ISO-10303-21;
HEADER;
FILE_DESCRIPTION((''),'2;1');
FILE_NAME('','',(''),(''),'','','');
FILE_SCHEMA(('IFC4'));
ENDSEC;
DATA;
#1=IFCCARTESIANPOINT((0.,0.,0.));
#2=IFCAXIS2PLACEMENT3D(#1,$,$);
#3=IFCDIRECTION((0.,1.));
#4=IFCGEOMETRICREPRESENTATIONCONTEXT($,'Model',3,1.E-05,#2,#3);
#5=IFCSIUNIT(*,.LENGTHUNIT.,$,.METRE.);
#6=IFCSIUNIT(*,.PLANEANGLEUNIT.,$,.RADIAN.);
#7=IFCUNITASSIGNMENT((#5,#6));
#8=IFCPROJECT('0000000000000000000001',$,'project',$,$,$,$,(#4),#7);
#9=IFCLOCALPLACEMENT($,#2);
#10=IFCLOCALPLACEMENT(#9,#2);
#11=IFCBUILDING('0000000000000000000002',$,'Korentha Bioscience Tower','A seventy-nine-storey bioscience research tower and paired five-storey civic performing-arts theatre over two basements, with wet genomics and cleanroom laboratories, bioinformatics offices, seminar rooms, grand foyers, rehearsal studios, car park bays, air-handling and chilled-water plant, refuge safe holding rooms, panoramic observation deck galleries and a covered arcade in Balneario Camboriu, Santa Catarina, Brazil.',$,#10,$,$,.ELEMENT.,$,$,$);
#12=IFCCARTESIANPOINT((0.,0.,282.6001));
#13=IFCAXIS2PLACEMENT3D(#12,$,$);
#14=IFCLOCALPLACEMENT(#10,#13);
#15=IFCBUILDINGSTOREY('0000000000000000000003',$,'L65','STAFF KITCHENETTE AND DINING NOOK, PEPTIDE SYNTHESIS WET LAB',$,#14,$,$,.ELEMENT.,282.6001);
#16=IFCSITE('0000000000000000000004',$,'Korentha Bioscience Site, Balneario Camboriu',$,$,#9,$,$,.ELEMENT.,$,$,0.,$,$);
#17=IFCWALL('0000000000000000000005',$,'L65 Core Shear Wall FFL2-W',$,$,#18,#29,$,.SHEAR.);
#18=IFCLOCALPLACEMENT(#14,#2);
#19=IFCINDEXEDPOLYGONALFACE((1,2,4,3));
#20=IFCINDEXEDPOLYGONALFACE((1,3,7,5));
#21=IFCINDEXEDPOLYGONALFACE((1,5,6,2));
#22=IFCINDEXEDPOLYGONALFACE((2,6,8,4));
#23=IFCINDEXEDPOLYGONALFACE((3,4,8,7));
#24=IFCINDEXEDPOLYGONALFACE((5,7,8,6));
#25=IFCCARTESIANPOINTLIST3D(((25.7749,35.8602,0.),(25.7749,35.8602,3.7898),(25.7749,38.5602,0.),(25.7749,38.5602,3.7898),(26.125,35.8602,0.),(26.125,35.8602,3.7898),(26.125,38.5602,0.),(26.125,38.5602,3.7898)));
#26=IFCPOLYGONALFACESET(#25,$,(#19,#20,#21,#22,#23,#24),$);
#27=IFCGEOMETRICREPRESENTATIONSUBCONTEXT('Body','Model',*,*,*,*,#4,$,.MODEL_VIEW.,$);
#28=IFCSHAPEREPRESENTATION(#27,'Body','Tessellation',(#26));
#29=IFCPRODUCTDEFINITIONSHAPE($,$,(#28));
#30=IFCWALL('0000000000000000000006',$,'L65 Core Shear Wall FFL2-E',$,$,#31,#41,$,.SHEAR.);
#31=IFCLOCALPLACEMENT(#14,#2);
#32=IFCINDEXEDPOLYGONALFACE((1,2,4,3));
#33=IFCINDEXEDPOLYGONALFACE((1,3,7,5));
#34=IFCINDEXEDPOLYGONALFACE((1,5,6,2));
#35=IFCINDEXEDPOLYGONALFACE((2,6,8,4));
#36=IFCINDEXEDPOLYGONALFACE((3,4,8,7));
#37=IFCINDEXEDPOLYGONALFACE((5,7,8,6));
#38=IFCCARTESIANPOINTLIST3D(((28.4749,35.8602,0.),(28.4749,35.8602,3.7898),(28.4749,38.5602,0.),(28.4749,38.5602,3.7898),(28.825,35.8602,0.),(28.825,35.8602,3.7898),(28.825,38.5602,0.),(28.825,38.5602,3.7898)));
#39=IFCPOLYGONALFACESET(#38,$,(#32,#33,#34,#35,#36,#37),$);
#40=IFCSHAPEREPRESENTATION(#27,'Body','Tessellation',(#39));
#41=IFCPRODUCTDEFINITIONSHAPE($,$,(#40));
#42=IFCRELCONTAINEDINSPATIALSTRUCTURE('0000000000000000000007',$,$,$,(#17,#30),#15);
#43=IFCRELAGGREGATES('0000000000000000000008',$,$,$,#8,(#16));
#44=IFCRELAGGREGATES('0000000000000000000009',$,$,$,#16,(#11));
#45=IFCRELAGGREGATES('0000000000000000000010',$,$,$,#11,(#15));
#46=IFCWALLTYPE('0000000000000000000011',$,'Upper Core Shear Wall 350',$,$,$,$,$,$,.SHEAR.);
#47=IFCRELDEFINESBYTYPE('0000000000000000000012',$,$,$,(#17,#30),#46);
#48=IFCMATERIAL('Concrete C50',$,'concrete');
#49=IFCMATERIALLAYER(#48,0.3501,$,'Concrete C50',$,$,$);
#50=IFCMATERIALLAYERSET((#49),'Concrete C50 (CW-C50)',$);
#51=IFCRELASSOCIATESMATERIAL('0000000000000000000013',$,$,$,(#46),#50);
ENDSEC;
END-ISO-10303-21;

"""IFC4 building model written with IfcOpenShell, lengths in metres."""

from ifc_helpers import new_model, si_unit, direction, frame, frame_2d, origin, place, context, subcontext, project, spatial, rectangle, extrude, material, layer, layer_set, type_object, element, save


model = new_model("IFC4")

# Units and contexts
model_context = context("Model", 3, precision=1e-05, world=origin(), true_north=direction((0.0, 1.0)))
body_context = subcontext(model_context, "Body", "Model", "MODEL_VIEW")
ifc_project = project(units=[si_unit("LENGTHUNIT", "METRE"), si_unit("PLANEANGLEUNIT", "RADIAN")], contexts=[model_context])

# Site, building, storey
site_placement = place(None, origin())
site = spatial("IfcSite", under=ifc_project, at=site_placement, Name="Korentha Bioscience Site, Balneario Camboriu", CompositionType="ELEMENT", RefElevation=0.0)
building_placement = place(site_placement, origin())
building = spatial("IfcBuilding", under=site, at=building_placement, Name="Korentha Bioscience Tower", Description="A seventy-nine-storey bioscience research tower and paired five-storey civic performing-arts theatre over two basements, with wet genomics and cleanroom laboratories, bioinformatics offices, seminar rooms, grand foyers, rehearsal studios, car park bays, air-handling and chilled-water plant, refuge safe holding rooms, panoramic observation deck galleries and a covered arcade in Balneario Camboriu, Santa Catarina, Brazil.", CompositionType="ELEMENT")
storey_placement = place(building_placement, frame((0.0, 0.0, 282.6001)))
storey = spatial("IfcBuildingStorey", under=building, at=storey_placement, Name="L65", Description="STAFF KITCHENETTE AND DINING NOOK, PEPTIDE SYNTHESIS WET LAB", CompositionType="ELEMENT", Elevation=282.6001)

# Shared definitions
ifc_material_1 = material(Name="Concrete C50", Category="concrete")

# Shared definitions
ifc_layer_1 = layer(ifc_material_1, 0.3501, Name="Concrete C50")
ifc_layer_set_1 = layer_set([ifc_layer_1], Name="Concrete C50 (CW-C50)")
wall_type_1 = type_object("IfcWallType", Name="Upper Core Shear Wall 350", PredefinedType="SHEAR", material=ifc_layer_set_1)

# Walls
for number, where, z_axis, x_axis, name in (
    (1, (25.95, 35.8601, 0.0), (0.0, 0.0, 1.0), (0.0, 1.0, 0.0), "L65 Core Shear Wall FFL2-W"),
    (2, (28.6499, 35.8601, 0.0), (0.0, 0.0, 1.0), (0.0, 1.0, 0.0), "L65 Core Shear Wall FFL2-E"),
):
    element("IfcWall", number, at=place(storey_placement, frame(where, z_axis=z_axis, x_axis=x_axis)), inside=storey, type_object=wall_type_1, Name=name, PredefinedType="SHEAR", context=body_context, shape_type="SweptSolid", body=[
        extrude(rectangle(XDim=2.7, YDim=0.3501, at=frame_2d((1.3501, 0.0))), origin(), (0.0, 0.0, 1.0), 3.7898),
    ])

save(model, "model.ifc")
